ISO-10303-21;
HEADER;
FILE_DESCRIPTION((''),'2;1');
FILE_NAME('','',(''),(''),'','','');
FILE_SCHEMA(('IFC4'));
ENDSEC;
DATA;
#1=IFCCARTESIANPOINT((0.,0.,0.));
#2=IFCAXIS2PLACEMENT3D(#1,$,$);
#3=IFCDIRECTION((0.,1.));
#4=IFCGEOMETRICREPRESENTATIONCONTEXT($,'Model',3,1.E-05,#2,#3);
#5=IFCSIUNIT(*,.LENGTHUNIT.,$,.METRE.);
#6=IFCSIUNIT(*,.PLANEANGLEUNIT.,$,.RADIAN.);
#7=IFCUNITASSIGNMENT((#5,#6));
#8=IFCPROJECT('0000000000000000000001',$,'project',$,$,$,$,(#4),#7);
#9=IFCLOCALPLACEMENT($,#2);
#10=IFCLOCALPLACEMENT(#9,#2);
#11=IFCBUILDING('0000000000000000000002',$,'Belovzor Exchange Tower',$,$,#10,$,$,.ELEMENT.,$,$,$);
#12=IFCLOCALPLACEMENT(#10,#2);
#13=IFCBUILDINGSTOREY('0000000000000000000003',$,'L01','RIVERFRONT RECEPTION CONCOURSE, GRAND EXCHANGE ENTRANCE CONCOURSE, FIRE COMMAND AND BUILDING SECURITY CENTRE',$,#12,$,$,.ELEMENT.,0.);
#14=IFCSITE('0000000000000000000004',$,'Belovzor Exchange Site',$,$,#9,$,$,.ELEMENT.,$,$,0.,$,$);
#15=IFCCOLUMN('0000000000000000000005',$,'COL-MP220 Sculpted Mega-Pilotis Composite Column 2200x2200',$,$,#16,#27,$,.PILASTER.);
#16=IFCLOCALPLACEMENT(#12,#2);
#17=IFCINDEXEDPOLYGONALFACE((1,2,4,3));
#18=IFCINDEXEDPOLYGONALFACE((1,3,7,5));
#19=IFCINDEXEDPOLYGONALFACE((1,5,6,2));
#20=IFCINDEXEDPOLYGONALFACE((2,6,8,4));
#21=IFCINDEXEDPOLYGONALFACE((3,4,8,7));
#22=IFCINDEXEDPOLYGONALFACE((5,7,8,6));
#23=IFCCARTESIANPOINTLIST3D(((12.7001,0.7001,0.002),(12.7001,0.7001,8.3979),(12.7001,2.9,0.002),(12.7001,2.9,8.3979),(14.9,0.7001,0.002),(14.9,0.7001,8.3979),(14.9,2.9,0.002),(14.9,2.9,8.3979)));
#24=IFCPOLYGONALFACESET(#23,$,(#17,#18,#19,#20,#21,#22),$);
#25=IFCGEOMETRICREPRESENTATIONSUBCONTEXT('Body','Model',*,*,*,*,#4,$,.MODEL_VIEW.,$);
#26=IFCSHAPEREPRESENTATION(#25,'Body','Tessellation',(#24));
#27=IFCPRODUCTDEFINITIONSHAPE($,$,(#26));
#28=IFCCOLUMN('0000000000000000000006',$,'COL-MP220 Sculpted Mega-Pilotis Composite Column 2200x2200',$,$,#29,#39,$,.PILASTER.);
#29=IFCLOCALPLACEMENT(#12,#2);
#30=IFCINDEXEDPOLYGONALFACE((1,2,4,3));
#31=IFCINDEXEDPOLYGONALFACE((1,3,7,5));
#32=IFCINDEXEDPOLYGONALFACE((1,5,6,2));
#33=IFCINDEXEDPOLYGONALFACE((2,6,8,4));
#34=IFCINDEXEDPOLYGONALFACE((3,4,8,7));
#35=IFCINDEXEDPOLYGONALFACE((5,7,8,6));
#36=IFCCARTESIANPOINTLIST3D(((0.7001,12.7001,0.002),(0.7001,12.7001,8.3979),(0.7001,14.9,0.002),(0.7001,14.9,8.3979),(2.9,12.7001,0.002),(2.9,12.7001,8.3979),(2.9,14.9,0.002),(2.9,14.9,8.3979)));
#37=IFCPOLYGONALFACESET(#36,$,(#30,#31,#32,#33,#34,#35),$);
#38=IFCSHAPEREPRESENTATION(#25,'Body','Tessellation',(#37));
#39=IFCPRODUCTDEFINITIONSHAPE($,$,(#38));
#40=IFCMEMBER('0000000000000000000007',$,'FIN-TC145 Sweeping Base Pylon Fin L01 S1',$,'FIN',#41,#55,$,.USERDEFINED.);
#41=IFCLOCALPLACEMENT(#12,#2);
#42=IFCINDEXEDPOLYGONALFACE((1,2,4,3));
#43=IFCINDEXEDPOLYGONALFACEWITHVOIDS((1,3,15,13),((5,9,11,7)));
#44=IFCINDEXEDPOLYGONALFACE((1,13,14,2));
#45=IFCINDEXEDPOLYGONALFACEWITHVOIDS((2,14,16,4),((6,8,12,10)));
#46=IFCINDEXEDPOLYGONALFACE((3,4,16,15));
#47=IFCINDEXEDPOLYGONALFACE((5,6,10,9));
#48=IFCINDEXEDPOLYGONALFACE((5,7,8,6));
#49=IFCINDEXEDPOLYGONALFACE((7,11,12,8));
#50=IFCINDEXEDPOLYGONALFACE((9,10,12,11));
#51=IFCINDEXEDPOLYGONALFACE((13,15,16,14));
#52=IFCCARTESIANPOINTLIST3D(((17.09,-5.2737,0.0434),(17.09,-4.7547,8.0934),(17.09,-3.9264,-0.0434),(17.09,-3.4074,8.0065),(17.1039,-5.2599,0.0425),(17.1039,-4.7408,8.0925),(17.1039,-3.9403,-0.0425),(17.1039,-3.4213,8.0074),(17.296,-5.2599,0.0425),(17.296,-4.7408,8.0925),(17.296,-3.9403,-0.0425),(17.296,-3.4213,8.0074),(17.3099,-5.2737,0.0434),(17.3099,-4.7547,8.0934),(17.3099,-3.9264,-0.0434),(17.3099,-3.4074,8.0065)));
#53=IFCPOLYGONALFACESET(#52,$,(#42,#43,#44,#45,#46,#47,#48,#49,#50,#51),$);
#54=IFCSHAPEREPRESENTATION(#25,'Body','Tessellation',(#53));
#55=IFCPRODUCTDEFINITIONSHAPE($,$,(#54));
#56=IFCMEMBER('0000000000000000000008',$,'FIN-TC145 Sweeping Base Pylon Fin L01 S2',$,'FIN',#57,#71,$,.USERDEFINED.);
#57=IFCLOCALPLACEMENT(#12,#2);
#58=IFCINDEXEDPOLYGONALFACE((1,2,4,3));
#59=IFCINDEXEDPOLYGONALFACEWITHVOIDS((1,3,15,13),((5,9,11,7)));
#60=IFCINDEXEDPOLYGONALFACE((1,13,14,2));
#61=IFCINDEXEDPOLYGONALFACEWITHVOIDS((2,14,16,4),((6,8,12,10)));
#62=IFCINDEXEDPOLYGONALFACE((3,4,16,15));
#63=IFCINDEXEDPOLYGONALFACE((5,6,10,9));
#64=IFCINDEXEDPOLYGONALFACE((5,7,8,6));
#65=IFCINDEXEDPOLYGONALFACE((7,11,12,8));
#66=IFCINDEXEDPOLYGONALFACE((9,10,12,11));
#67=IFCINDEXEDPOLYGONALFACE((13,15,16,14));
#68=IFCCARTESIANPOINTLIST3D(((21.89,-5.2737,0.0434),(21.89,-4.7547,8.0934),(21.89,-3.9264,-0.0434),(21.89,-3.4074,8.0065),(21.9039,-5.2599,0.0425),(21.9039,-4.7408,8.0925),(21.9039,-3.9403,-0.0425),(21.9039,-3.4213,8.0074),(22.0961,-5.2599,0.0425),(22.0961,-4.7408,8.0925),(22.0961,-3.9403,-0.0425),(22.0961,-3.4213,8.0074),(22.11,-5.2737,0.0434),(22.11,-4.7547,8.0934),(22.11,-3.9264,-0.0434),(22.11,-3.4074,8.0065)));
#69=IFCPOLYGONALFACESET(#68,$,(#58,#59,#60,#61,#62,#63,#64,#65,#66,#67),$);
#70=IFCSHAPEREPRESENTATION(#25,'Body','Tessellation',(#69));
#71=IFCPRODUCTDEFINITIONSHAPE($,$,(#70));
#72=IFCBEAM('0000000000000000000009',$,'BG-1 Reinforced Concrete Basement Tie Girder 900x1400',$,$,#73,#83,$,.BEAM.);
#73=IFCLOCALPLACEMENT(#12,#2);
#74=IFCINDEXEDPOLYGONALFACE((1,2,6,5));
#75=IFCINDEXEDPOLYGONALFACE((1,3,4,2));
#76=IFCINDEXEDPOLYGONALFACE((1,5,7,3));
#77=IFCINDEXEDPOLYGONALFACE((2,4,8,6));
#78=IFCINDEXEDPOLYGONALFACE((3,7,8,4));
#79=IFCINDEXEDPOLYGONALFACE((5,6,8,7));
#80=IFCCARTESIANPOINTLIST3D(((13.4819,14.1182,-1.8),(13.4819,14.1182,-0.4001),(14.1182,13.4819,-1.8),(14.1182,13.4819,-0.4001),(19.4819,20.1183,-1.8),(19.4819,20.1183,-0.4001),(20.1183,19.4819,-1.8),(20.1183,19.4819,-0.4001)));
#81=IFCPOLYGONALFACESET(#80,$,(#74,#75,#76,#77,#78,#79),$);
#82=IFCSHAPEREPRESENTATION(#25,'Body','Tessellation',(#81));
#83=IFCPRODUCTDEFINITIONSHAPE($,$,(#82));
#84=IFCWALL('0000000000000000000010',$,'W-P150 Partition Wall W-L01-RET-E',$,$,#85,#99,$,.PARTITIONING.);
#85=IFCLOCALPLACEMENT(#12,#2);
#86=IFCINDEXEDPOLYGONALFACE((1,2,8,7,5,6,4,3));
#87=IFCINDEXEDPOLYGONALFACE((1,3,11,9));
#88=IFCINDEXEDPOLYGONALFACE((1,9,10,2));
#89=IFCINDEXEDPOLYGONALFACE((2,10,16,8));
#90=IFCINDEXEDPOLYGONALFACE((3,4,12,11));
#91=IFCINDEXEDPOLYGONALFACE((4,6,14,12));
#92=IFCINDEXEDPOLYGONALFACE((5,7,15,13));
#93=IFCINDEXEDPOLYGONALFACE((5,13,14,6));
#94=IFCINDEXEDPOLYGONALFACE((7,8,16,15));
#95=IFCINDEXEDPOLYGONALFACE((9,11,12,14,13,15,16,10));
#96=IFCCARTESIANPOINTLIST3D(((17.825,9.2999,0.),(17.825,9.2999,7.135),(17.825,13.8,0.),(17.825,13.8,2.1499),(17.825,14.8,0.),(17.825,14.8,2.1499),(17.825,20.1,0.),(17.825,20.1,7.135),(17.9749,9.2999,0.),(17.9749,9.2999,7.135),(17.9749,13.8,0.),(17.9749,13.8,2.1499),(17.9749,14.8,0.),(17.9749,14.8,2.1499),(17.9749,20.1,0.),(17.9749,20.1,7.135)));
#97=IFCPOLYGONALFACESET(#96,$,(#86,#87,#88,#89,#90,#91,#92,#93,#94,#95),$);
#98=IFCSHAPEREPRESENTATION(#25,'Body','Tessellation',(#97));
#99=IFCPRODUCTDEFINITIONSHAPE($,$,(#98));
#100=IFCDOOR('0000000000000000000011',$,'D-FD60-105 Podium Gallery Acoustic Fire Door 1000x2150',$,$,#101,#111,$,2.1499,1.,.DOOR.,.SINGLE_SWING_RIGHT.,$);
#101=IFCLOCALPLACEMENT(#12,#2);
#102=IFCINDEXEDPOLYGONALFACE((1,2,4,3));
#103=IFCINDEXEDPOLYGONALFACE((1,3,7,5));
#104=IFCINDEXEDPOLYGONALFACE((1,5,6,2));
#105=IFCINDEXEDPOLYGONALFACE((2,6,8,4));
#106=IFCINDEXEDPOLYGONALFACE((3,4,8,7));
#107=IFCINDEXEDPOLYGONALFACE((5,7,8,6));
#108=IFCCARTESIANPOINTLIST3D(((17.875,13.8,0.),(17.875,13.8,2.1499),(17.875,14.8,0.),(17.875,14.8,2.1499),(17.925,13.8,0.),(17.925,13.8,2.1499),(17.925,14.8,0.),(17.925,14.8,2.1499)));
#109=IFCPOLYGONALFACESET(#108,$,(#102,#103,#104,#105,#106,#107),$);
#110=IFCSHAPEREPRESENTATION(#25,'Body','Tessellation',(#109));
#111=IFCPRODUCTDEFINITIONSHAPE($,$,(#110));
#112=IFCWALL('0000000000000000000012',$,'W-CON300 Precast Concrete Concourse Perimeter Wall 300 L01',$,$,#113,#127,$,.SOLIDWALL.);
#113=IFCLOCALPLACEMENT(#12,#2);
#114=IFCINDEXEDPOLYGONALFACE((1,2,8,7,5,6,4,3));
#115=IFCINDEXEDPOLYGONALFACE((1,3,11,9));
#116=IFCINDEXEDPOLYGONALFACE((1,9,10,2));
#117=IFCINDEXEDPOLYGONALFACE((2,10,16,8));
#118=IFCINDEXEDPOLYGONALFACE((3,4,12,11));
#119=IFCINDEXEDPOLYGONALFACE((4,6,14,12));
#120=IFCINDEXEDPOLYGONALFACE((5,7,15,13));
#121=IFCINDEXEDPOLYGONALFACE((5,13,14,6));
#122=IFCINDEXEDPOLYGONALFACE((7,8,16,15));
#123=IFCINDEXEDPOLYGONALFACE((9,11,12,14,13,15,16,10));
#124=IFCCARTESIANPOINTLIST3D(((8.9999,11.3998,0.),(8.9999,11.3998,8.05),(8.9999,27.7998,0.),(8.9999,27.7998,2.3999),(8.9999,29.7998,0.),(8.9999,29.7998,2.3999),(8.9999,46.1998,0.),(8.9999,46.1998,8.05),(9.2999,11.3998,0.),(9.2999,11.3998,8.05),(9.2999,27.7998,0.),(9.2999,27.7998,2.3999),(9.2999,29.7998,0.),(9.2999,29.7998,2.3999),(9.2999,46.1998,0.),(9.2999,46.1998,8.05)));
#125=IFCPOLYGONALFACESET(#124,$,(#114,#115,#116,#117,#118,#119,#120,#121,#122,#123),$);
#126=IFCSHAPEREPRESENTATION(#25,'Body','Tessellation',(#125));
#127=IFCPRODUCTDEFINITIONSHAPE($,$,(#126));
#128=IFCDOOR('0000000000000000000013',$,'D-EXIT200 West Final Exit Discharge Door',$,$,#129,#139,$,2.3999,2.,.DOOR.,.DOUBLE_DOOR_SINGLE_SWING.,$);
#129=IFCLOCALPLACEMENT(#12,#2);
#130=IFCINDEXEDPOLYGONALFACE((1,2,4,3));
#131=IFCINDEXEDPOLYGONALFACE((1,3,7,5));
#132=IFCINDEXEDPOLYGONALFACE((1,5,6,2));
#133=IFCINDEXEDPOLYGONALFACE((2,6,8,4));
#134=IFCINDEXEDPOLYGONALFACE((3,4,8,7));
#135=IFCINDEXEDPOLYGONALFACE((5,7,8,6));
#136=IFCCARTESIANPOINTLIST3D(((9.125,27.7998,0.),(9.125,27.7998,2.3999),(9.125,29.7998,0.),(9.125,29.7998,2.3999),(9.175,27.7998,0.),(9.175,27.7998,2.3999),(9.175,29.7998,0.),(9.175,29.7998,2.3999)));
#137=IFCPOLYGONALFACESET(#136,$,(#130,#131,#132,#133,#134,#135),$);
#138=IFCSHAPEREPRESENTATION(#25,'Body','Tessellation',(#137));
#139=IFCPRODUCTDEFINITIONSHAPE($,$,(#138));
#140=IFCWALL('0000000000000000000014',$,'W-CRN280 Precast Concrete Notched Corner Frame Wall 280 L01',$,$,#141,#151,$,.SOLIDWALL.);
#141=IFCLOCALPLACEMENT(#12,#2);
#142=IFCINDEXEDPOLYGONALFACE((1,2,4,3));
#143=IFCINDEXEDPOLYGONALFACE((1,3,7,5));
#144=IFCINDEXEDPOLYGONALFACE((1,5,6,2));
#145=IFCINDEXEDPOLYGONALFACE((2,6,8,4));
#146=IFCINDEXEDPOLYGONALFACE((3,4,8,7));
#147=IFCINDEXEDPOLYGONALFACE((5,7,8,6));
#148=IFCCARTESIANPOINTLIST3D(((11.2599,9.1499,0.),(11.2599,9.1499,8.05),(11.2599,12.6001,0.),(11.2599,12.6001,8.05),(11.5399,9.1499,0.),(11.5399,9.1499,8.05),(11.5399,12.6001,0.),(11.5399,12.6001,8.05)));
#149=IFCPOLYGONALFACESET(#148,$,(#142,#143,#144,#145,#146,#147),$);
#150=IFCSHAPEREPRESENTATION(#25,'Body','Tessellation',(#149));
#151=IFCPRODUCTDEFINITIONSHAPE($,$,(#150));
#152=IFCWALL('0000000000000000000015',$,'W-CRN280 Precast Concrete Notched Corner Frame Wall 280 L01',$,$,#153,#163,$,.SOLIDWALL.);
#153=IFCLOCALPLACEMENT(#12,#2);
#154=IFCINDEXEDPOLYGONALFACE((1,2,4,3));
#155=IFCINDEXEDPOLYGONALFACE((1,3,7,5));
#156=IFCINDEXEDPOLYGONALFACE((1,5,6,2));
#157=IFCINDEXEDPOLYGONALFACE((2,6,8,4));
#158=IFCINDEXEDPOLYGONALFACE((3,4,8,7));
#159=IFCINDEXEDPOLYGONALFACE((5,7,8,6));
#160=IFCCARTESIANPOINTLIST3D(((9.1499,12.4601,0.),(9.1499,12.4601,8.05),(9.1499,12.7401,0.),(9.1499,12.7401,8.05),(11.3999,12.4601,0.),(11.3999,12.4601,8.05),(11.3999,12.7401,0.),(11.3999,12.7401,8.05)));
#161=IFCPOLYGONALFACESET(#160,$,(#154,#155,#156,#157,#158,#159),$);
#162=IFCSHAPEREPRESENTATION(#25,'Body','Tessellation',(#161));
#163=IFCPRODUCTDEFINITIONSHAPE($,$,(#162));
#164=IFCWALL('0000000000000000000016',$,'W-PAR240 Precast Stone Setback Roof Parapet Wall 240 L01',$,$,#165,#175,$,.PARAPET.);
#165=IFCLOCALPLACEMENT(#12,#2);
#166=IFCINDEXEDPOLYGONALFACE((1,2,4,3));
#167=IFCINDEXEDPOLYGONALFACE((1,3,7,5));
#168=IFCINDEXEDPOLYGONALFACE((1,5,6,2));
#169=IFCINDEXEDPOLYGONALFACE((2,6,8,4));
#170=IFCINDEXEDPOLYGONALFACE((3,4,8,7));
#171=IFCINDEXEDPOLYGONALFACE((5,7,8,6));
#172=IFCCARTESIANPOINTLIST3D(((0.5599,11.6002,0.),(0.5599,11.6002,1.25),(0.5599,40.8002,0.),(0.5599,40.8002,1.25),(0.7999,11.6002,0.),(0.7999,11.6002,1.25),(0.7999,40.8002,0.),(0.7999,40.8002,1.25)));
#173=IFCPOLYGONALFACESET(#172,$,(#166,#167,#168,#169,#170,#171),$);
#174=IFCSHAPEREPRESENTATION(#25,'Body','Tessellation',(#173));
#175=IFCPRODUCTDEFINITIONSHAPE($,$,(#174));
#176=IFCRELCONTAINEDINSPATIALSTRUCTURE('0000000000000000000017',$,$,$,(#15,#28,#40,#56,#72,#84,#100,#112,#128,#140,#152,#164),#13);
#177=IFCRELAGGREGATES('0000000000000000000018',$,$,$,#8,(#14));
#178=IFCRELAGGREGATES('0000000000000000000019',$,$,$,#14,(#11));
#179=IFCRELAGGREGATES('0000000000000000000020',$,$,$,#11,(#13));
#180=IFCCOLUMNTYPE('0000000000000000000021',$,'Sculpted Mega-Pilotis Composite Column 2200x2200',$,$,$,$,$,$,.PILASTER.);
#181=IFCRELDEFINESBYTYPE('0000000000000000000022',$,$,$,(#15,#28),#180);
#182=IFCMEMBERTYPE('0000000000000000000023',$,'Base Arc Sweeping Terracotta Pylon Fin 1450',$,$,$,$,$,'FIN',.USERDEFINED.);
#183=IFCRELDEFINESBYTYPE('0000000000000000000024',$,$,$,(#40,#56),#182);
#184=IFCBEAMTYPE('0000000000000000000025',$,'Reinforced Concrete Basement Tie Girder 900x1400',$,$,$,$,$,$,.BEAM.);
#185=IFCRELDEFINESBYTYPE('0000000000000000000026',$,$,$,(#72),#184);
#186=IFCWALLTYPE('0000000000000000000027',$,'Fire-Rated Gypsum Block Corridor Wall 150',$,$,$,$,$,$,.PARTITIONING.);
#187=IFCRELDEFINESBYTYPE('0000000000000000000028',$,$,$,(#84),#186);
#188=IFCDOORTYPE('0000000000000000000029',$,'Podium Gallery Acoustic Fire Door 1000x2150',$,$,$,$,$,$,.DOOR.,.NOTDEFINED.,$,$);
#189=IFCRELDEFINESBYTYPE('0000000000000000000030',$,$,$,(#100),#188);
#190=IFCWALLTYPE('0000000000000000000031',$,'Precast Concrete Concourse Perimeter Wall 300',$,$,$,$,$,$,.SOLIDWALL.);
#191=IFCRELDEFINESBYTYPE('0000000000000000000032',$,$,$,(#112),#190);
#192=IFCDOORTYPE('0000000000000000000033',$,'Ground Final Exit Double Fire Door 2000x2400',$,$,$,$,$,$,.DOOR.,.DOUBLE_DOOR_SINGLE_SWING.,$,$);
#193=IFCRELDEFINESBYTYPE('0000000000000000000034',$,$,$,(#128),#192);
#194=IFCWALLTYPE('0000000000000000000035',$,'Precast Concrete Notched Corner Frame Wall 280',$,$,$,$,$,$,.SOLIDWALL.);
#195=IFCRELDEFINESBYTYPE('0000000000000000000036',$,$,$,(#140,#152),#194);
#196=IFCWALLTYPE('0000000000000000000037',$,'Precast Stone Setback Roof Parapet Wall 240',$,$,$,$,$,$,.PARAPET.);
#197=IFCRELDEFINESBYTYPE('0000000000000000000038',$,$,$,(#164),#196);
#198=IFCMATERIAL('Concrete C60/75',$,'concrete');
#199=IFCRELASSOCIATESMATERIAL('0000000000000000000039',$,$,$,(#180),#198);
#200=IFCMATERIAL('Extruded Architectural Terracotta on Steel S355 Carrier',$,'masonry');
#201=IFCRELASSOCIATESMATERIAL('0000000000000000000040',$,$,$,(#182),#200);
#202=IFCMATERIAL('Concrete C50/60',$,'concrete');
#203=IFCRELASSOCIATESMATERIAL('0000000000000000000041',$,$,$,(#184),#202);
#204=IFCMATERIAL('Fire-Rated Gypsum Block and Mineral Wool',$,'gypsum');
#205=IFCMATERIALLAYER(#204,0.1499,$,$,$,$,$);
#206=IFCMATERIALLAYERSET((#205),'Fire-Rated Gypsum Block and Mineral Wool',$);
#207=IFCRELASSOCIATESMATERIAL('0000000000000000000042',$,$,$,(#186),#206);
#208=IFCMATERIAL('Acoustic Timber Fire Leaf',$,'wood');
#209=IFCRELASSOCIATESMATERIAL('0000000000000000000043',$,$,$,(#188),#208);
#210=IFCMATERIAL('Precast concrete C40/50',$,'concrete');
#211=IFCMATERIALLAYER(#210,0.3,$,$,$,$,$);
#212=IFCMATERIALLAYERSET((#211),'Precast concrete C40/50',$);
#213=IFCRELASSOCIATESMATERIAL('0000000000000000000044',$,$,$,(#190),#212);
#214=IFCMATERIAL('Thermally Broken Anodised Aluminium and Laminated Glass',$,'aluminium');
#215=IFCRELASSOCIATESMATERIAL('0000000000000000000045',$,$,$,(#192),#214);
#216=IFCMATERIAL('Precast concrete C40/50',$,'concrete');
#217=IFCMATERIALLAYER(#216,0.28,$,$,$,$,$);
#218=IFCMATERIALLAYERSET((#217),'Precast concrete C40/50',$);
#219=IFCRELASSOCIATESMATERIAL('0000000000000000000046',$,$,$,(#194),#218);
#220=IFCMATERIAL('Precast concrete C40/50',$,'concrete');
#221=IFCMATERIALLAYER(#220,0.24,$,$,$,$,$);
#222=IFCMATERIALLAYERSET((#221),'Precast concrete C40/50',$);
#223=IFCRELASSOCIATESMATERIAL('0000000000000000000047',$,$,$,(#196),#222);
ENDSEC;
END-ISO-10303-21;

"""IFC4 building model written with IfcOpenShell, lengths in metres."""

from ifc_helpers import new_model, si_unit, direction, frame, frame_2d, origin, origin_2d, place, context, subcontext, project, spatial, rectangle, hollow_rectangle, extrude, material, layer, layer_set, material_profile, profile_set, type_object, element, fill, save


model = new_model("IFC4")

# Units and contexts
model_context = context("Model", 3, precision=1e-05, world=origin(), true_north=direction((0.0, 1.0)))
body_context = subcontext(model_context, "Body", "Model", "MODEL_VIEW")
ifc_project = project(units=[si_unit("LENGTHUNIT", "METRE"), si_unit("PLANEANGLEUNIT", "RADIAN")], contexts=[model_context])

# Site, building, storey
site_placement = place(None, origin())
site = spatial("IfcSite", under=ifc_project, at=site_placement, Name="Belovzor Exchange Site", CompositionType="ELEMENT", RefElevation=0.0)
building_placement = place(site_placement, origin())
building = spatial("IfcBuilding", under=site, at=building_placement, Name="Belovzor Exchange Tower", CompositionType="ELEMENT")
storey_placement = place(building_placement, origin())
storey = spatial("IfcBuildingStorey", under=building, at=storey_placement, Name="L01", Description="RIVERFRONT RECEPTION CONCOURSE, GRAND EXCHANGE ENTRANCE CONCOURSE, FIRE COMMAND AND BUILDING SECURITY CENTRE", CompositionType="ELEMENT", Elevation=0.0)

# Columns
ifc_material_1 = material(Name="Concrete C60/75", Category="concrete")
ifc_material_profile_1 = material_profile(ifc_material_1, rectangle(XDim=2.2, YDim=2.2, at=origin_2d()))
ifc_profile_set_1 = profile_set([ifc_material_profile_1], Name="Concrete C60/75")
column_type = type_object("IfcColumnType", Name="Sculpted Mega-Pilotis Composite Column 2200x2200", PredefinedType="PILASTER", material=ifc_profile_set_1)
for number, where, z_axis, x_axis, name in (
    (1, (13.8, 1.8, 0.002), (0.0, 0.0, 1.0), (1.0, 0.0, 0.0), "COL-MP220 Sculpted Mega-Pilotis Composite Column 2200x2200"),
    (2, (1.8, 13.8, 0.002), (0.0, 0.0, 1.0), (1.0, 0.0, 0.0), "COL-MP220 Sculpted Mega-Pilotis Composite Column 2200x2200"),
):
    element("IfcColumn", number, at=place(storey_placement, frame(where, z_axis=z_axis, x_axis=x_axis)), inside=storey, type_object=column_type, Name=name, PredefinedType="PILASTER", context=body_context, shape_type="SweptSolid", body=[
        extrude(rectangle(XDim=2.2, YDim=2.2, at=origin_2d()), origin(), (0.0, 0.0, 1.0), 8.396),
    ])

# Members
ifc_material_2 = material(Name="Extruded Architectural Terracotta on Steel S355 Carrier", Category="masonry")
ifc_material_profile_2 = material_profile(ifc_material_2, hollow_rectangle(XDim=0.22, YDim=1.3501, WallThickness=0.0139, at=origin_2d()))
ifc_profile_set_2 = profile_set([ifc_material_profile_2], Name="Extruded Architectural Terracotta on Steel S355 Carrier")
member_type = type_object("IfcMemberType", Name="Base Arc Sweeping Terracotta Pylon Fin 1450", ElementType="FIN", PredefinedType="USERDEFINED", material=ifc_profile_set_2)
for number, where, z_axis, x_axis, name in (
    (3, (17.2, -4.6001, 0.0), (0.0, 0.064343, 0.997928), (-1.0, 0.0, 0.0), "FIN-TC145 Sweeping Base Pylon Fin L01 S1"),
    (4, (22.0, -4.6001, 0.0), (0.0, 0.064343, 0.997928), (-1.0, 0.0, 0.0), "FIN-TC145 Sweeping Base Pylon Fin L01 S2"),
):
    element("IfcMember", number, at=place(storey_placement, frame(where, z_axis=z_axis, x_axis=x_axis)), inside=storey, type_object=member_type, Name=name, ObjectType="FIN", PredefinedType="USERDEFINED", context=body_context, shape_type="SweptSolid", body=[
        extrude(hollow_rectangle(XDim=0.22, YDim=1.3501, WallThickness=0.0139, at=origin_2d()), origin(), (0.0, 0.0, 1.0), 8.0667),
    ])

# Beam
ifc_material_3 = material(Name="Concrete C50/60", Category="concrete")
ifc_material_profile_3 = material_profile(ifc_material_3, rectangle(XDim=0.8999, YDim=1.3999, at=origin_2d()))
ifc_profile_set_3 = profile_set([ifc_material_profile_3], Name="Concrete C50/60")
beam_type = type_object("IfcBeamType", Name="Reinforced Concrete Basement Tie Girder 900x1400", PredefinedType="BEAM", material=ifc_profile_set_3)
beam_placement = place(storey_placement, frame((13.8, 13.8, -1.1001), z_axis=(0.707107, 0.707107, 0.0), x_axis=(-0.707107, 0.707107, 0.0)))
element("IfcBeam", 5, at=beam_placement, inside=storey, type_object=beam_type, Name="BG-1 Reinforced Concrete Basement Tie Girder 900x1400", PredefinedType="BEAM", context=body_context, shape_type="SweptSolid", body=[
    extrude(rectangle(XDim=0.8999, YDim=1.3999, at=origin_2d()), origin(), (0.0, 0.0, 1.0), 8.4854),
])

# Walls, openings, doors
ifc_material_4 = material(Name="Fire-Rated Gypsum Block and Mineral Wool", Category="gypsum")
ifc_layer_1 = layer(ifc_material_4, 0.1499)
ifc_layer_set_1 = layer_set([ifc_layer_1], Name="Fire-Rated Gypsum Block and Mineral Wool")
wall_type_1 = type_object("IfcWallType", Name="Fire-Rated Gypsum Block Corridor Wall 150", PredefinedType="PARTITIONING", material=ifc_layer_set_1)
wall_1_placement = place(storey_placement, frame((17.8999, 9.3, 0.0), z_axis=(0.0, 0.0, 1.0), x_axis=(0.0, 1.0, 0.0)))
wall_1 = element("IfcWall", 6, at=wall_1_placement, inside=storey, type_object=wall_type_1, Name="W-P150 Partition Wall W-L01-RET-E", PredefinedType="PARTITIONING", context=body_context, shape_type="SweptSolid", body=[
    extrude(rectangle(XDim=10.8, YDim=0.1499, at=frame_2d((5.3999, 0.0))), origin(), (0.0, 0.0, 1.0), 7.135),
])
opening_1_placement = place(wall_1_placement, frame((4.5, 0.0, 0.0)))
opening_1 = element("IfcOpeningElement", 7, at=opening_1_placement, cuts=wall_1, PredefinedType="OPENING", context=body_context, shape_type="SweptSolid", body=[
    extrude(rectangle(XDim=1.0, YDim=2.1499, at=frame_2d((0.5, 1.075))), frame((0.0, 0.085, 0.0), z_axis=(0.0, -1.0, 0.0), x_axis=(1.0, 0.0, 0.0)), (0.0, 0.0, 1.0), 0.1699),
])
ifc_material_5 = material(Name="Acoustic Timber Fire Leaf", Category="wood")
door_type_1 = type_object("IfcDoorType", Name="Podium Gallery Acoustic Fire Door 1000x2150", OperationType="NOTDEFINED", PredefinedType="DOOR", material=ifc_material_5)
door_1_placement = place(opening_1_placement, origin())
door_1 = element("IfcDoor", 8, at=door_1_placement, inside=storey, type_object=door_type_1, Name="D-FD60-105 Podium Gallery Acoustic Fire Door 1000x2150", OperationType="SINGLE_SWING_RIGHT", OverallHeight=2.1499, OverallWidth=1.0, PredefinedType="DOOR", context=body_context, shape_type="SweptSolid", body=[
    extrude(rectangle(XDim=1.0, YDim=2.1499, at=frame_2d((0.5, 1.075))), frame((0.0, 0.0249, 0.0), z_axis=(0.0, -1.0, 0.0), x_axis=(1.0, 0.0, 0.0)), (0.0, 0.0, 1.0), 0.05),
])
fill(opening_1, door_1)
ifc_material_6 = material(Name="Precast concrete C40/50", Category="concrete")
ifc_layer_2 = layer(ifc_material_6, 0.3)
ifc_layer_set_2 = layer_set([ifc_layer_2], Name="Precast concrete C40/50")
wall_type_2 = type_object("IfcWallType", Name="Precast Concrete Concourse Perimeter Wall 300", PredefinedType="SOLIDWALL", material=ifc_layer_set_2)
wall_2_placement = place(storey_placement, frame((9.1499, 11.3999, 0.0), z_axis=(0.0, 0.0, 1.0), x_axis=(0.0, 1.0, 0.0)))
wall_2 = element("IfcWall", 9, at=wall_2_placement, inside=storey, type_object=wall_type_2, Name="W-CON300 Precast Concrete Concourse Perimeter Wall 300 L01", PredefinedType="SOLIDWALL", context=body_context, shape_type="SweptSolid", body=[
    extrude(rectangle(XDim=34.8, YDim=0.3, at=frame_2d((17.3999, 0.0))), origin(), (0.0, 0.0, 1.0), 8.05),
])
opening_2_placement = place(wall_2_placement, frame((16.3999, 0.0, 0.0)))
opening_2 = element("IfcOpeningElement", 10, at=opening_2_placement, cuts=wall_2, PredefinedType="OPENING", context=body_context, shape_type="SweptSolid", body=[
    extrude(rectangle(XDim=2.0, YDim=2.3999, at=frame_2d((1.0, 1.2))), frame((0.0, 0.1599, 0.0), z_axis=(0.0, -1.0, 0.0), x_axis=(1.0, 0.0, 0.0)), (0.0, 0.0, 1.0), 0.3201),
])
ifc_material_7 = material(Name="Thermally Broken Anodised Aluminium and Laminated Glass", Category="aluminium")
door_type_2 = type_object("IfcDoorType", Name="Ground Final Exit Double Fire Door 2000x2400", OperationType="DOUBLE_DOOR_SINGLE_SWING", PredefinedType="DOOR", material=ifc_material_7)
door_2_placement = place(opening_2_placement, origin())
door_2 = element("IfcDoor", 11, at=door_2_placement, inside=storey, type_object=door_type_2, Name="D-EXIT200 West Final Exit Discharge Door", OperationType="DOUBLE_DOOR_SINGLE_SWING", OverallHeight=2.3999, OverallWidth=2.0, PredefinedType="DOOR", context=body_context, shape_type="SweptSolid", body=[
    extrude(rectangle(XDim=2.0, YDim=2.3999, at=frame_2d((1.0, 1.2))), frame((0.0, 0.0249, 0.0), z_axis=(0.0, -1.0, 0.0), x_axis=(1.0, 0.0, 0.0)), (0.0, 0.0, 1.0), 0.05),
])
fill(opening_2, door_2)

# Walls
ifc_material_8 = material(Name="Precast concrete C40/50", Category="concrete")
ifc_layer_3 = layer(ifc_material_8, 0.28)
ifc_layer_set_3 = layer_set([ifc_layer_3], Name="Precast concrete C40/50")
wall_type_3 = type_object("IfcWallType", Name="Precast Concrete Notched Corner Frame Wall 280", PredefinedType="SOLIDWALL", material=ifc_layer_set_3)
wall_3_placement = place(storey_placement, frame((11.3999, 9.1499, 0.0), z_axis=(0.0, 0.0, 1.0), x_axis=(0.0, 1.0, 0.0)))
element("IfcWall", 12, at=wall_3_placement, inside=storey, type_object=wall_type_3, Name="W-CRN280 Precast Concrete Notched Corner Frame Wall 280 L01", PredefinedType="SOLIDWALL", context=body_context, shape_type="SweptSolid", body=[
    extrude(rectangle(XDim=3.4502, YDim=0.28, at=frame_2d((1.7251, 0.0))), origin(), (0.0, 0.0, 1.0), 8.05),
])
wall_4_placement = place(storey_placement, frame((11.3999, 12.6001, 0.0), z_axis=(0.0, 0.0, 1.0), x_axis=(-1.0, 0.0, 0.0)))
element("IfcWall", 13, at=wall_4_placement, inside=storey, type_object=wall_type_3, Name="W-CRN280 Precast Concrete Notched Corner Frame Wall 280 L01", PredefinedType="SOLIDWALL", context=body_context, shape_type="SweptSolid", body=[
    extrude(rectangle(XDim=2.25, YDim=0.28, at=frame_2d((1.125, 0.0))), origin(), (0.0, 0.0, 1.0), 8.05),
])
ifc_material_9 = material(Name="Precast concrete C40/50", Category="concrete")
ifc_layer_4 = layer(ifc_material_9, 0.24)
ifc_layer_set_4 = layer_set([ifc_layer_4], Name="Precast concrete C40/50")
wall_type_4 = type_object("IfcWallType", Name="Precast Stone Setback Roof Parapet Wall 240", PredefinedType="PARAPET", material=ifc_layer_set_4)
wall_5_placement = place(storey_placement, frame((0.6799, 11.6001, 0.0), z_axis=(0.0, 0.0, 1.0), x_axis=(0.0, 1.0, 0.0)))
element("IfcWall", 14, at=wall_5_placement, inside=storey, type_object=wall_type_4, Name="W-PAR240 Precast Stone Setback Roof Parapet Wall 240 L01", PredefinedType="PARAPET", context=body_context, shape_type="SweptSolid", body=[
    extrude(rectangle(XDim=29.2, YDim=0.24, at=frame_2d((14.6001, 0.0))), origin(), (0.0, 0.0, 1.0), 1.25),
])

save(model, "model.ifc")
